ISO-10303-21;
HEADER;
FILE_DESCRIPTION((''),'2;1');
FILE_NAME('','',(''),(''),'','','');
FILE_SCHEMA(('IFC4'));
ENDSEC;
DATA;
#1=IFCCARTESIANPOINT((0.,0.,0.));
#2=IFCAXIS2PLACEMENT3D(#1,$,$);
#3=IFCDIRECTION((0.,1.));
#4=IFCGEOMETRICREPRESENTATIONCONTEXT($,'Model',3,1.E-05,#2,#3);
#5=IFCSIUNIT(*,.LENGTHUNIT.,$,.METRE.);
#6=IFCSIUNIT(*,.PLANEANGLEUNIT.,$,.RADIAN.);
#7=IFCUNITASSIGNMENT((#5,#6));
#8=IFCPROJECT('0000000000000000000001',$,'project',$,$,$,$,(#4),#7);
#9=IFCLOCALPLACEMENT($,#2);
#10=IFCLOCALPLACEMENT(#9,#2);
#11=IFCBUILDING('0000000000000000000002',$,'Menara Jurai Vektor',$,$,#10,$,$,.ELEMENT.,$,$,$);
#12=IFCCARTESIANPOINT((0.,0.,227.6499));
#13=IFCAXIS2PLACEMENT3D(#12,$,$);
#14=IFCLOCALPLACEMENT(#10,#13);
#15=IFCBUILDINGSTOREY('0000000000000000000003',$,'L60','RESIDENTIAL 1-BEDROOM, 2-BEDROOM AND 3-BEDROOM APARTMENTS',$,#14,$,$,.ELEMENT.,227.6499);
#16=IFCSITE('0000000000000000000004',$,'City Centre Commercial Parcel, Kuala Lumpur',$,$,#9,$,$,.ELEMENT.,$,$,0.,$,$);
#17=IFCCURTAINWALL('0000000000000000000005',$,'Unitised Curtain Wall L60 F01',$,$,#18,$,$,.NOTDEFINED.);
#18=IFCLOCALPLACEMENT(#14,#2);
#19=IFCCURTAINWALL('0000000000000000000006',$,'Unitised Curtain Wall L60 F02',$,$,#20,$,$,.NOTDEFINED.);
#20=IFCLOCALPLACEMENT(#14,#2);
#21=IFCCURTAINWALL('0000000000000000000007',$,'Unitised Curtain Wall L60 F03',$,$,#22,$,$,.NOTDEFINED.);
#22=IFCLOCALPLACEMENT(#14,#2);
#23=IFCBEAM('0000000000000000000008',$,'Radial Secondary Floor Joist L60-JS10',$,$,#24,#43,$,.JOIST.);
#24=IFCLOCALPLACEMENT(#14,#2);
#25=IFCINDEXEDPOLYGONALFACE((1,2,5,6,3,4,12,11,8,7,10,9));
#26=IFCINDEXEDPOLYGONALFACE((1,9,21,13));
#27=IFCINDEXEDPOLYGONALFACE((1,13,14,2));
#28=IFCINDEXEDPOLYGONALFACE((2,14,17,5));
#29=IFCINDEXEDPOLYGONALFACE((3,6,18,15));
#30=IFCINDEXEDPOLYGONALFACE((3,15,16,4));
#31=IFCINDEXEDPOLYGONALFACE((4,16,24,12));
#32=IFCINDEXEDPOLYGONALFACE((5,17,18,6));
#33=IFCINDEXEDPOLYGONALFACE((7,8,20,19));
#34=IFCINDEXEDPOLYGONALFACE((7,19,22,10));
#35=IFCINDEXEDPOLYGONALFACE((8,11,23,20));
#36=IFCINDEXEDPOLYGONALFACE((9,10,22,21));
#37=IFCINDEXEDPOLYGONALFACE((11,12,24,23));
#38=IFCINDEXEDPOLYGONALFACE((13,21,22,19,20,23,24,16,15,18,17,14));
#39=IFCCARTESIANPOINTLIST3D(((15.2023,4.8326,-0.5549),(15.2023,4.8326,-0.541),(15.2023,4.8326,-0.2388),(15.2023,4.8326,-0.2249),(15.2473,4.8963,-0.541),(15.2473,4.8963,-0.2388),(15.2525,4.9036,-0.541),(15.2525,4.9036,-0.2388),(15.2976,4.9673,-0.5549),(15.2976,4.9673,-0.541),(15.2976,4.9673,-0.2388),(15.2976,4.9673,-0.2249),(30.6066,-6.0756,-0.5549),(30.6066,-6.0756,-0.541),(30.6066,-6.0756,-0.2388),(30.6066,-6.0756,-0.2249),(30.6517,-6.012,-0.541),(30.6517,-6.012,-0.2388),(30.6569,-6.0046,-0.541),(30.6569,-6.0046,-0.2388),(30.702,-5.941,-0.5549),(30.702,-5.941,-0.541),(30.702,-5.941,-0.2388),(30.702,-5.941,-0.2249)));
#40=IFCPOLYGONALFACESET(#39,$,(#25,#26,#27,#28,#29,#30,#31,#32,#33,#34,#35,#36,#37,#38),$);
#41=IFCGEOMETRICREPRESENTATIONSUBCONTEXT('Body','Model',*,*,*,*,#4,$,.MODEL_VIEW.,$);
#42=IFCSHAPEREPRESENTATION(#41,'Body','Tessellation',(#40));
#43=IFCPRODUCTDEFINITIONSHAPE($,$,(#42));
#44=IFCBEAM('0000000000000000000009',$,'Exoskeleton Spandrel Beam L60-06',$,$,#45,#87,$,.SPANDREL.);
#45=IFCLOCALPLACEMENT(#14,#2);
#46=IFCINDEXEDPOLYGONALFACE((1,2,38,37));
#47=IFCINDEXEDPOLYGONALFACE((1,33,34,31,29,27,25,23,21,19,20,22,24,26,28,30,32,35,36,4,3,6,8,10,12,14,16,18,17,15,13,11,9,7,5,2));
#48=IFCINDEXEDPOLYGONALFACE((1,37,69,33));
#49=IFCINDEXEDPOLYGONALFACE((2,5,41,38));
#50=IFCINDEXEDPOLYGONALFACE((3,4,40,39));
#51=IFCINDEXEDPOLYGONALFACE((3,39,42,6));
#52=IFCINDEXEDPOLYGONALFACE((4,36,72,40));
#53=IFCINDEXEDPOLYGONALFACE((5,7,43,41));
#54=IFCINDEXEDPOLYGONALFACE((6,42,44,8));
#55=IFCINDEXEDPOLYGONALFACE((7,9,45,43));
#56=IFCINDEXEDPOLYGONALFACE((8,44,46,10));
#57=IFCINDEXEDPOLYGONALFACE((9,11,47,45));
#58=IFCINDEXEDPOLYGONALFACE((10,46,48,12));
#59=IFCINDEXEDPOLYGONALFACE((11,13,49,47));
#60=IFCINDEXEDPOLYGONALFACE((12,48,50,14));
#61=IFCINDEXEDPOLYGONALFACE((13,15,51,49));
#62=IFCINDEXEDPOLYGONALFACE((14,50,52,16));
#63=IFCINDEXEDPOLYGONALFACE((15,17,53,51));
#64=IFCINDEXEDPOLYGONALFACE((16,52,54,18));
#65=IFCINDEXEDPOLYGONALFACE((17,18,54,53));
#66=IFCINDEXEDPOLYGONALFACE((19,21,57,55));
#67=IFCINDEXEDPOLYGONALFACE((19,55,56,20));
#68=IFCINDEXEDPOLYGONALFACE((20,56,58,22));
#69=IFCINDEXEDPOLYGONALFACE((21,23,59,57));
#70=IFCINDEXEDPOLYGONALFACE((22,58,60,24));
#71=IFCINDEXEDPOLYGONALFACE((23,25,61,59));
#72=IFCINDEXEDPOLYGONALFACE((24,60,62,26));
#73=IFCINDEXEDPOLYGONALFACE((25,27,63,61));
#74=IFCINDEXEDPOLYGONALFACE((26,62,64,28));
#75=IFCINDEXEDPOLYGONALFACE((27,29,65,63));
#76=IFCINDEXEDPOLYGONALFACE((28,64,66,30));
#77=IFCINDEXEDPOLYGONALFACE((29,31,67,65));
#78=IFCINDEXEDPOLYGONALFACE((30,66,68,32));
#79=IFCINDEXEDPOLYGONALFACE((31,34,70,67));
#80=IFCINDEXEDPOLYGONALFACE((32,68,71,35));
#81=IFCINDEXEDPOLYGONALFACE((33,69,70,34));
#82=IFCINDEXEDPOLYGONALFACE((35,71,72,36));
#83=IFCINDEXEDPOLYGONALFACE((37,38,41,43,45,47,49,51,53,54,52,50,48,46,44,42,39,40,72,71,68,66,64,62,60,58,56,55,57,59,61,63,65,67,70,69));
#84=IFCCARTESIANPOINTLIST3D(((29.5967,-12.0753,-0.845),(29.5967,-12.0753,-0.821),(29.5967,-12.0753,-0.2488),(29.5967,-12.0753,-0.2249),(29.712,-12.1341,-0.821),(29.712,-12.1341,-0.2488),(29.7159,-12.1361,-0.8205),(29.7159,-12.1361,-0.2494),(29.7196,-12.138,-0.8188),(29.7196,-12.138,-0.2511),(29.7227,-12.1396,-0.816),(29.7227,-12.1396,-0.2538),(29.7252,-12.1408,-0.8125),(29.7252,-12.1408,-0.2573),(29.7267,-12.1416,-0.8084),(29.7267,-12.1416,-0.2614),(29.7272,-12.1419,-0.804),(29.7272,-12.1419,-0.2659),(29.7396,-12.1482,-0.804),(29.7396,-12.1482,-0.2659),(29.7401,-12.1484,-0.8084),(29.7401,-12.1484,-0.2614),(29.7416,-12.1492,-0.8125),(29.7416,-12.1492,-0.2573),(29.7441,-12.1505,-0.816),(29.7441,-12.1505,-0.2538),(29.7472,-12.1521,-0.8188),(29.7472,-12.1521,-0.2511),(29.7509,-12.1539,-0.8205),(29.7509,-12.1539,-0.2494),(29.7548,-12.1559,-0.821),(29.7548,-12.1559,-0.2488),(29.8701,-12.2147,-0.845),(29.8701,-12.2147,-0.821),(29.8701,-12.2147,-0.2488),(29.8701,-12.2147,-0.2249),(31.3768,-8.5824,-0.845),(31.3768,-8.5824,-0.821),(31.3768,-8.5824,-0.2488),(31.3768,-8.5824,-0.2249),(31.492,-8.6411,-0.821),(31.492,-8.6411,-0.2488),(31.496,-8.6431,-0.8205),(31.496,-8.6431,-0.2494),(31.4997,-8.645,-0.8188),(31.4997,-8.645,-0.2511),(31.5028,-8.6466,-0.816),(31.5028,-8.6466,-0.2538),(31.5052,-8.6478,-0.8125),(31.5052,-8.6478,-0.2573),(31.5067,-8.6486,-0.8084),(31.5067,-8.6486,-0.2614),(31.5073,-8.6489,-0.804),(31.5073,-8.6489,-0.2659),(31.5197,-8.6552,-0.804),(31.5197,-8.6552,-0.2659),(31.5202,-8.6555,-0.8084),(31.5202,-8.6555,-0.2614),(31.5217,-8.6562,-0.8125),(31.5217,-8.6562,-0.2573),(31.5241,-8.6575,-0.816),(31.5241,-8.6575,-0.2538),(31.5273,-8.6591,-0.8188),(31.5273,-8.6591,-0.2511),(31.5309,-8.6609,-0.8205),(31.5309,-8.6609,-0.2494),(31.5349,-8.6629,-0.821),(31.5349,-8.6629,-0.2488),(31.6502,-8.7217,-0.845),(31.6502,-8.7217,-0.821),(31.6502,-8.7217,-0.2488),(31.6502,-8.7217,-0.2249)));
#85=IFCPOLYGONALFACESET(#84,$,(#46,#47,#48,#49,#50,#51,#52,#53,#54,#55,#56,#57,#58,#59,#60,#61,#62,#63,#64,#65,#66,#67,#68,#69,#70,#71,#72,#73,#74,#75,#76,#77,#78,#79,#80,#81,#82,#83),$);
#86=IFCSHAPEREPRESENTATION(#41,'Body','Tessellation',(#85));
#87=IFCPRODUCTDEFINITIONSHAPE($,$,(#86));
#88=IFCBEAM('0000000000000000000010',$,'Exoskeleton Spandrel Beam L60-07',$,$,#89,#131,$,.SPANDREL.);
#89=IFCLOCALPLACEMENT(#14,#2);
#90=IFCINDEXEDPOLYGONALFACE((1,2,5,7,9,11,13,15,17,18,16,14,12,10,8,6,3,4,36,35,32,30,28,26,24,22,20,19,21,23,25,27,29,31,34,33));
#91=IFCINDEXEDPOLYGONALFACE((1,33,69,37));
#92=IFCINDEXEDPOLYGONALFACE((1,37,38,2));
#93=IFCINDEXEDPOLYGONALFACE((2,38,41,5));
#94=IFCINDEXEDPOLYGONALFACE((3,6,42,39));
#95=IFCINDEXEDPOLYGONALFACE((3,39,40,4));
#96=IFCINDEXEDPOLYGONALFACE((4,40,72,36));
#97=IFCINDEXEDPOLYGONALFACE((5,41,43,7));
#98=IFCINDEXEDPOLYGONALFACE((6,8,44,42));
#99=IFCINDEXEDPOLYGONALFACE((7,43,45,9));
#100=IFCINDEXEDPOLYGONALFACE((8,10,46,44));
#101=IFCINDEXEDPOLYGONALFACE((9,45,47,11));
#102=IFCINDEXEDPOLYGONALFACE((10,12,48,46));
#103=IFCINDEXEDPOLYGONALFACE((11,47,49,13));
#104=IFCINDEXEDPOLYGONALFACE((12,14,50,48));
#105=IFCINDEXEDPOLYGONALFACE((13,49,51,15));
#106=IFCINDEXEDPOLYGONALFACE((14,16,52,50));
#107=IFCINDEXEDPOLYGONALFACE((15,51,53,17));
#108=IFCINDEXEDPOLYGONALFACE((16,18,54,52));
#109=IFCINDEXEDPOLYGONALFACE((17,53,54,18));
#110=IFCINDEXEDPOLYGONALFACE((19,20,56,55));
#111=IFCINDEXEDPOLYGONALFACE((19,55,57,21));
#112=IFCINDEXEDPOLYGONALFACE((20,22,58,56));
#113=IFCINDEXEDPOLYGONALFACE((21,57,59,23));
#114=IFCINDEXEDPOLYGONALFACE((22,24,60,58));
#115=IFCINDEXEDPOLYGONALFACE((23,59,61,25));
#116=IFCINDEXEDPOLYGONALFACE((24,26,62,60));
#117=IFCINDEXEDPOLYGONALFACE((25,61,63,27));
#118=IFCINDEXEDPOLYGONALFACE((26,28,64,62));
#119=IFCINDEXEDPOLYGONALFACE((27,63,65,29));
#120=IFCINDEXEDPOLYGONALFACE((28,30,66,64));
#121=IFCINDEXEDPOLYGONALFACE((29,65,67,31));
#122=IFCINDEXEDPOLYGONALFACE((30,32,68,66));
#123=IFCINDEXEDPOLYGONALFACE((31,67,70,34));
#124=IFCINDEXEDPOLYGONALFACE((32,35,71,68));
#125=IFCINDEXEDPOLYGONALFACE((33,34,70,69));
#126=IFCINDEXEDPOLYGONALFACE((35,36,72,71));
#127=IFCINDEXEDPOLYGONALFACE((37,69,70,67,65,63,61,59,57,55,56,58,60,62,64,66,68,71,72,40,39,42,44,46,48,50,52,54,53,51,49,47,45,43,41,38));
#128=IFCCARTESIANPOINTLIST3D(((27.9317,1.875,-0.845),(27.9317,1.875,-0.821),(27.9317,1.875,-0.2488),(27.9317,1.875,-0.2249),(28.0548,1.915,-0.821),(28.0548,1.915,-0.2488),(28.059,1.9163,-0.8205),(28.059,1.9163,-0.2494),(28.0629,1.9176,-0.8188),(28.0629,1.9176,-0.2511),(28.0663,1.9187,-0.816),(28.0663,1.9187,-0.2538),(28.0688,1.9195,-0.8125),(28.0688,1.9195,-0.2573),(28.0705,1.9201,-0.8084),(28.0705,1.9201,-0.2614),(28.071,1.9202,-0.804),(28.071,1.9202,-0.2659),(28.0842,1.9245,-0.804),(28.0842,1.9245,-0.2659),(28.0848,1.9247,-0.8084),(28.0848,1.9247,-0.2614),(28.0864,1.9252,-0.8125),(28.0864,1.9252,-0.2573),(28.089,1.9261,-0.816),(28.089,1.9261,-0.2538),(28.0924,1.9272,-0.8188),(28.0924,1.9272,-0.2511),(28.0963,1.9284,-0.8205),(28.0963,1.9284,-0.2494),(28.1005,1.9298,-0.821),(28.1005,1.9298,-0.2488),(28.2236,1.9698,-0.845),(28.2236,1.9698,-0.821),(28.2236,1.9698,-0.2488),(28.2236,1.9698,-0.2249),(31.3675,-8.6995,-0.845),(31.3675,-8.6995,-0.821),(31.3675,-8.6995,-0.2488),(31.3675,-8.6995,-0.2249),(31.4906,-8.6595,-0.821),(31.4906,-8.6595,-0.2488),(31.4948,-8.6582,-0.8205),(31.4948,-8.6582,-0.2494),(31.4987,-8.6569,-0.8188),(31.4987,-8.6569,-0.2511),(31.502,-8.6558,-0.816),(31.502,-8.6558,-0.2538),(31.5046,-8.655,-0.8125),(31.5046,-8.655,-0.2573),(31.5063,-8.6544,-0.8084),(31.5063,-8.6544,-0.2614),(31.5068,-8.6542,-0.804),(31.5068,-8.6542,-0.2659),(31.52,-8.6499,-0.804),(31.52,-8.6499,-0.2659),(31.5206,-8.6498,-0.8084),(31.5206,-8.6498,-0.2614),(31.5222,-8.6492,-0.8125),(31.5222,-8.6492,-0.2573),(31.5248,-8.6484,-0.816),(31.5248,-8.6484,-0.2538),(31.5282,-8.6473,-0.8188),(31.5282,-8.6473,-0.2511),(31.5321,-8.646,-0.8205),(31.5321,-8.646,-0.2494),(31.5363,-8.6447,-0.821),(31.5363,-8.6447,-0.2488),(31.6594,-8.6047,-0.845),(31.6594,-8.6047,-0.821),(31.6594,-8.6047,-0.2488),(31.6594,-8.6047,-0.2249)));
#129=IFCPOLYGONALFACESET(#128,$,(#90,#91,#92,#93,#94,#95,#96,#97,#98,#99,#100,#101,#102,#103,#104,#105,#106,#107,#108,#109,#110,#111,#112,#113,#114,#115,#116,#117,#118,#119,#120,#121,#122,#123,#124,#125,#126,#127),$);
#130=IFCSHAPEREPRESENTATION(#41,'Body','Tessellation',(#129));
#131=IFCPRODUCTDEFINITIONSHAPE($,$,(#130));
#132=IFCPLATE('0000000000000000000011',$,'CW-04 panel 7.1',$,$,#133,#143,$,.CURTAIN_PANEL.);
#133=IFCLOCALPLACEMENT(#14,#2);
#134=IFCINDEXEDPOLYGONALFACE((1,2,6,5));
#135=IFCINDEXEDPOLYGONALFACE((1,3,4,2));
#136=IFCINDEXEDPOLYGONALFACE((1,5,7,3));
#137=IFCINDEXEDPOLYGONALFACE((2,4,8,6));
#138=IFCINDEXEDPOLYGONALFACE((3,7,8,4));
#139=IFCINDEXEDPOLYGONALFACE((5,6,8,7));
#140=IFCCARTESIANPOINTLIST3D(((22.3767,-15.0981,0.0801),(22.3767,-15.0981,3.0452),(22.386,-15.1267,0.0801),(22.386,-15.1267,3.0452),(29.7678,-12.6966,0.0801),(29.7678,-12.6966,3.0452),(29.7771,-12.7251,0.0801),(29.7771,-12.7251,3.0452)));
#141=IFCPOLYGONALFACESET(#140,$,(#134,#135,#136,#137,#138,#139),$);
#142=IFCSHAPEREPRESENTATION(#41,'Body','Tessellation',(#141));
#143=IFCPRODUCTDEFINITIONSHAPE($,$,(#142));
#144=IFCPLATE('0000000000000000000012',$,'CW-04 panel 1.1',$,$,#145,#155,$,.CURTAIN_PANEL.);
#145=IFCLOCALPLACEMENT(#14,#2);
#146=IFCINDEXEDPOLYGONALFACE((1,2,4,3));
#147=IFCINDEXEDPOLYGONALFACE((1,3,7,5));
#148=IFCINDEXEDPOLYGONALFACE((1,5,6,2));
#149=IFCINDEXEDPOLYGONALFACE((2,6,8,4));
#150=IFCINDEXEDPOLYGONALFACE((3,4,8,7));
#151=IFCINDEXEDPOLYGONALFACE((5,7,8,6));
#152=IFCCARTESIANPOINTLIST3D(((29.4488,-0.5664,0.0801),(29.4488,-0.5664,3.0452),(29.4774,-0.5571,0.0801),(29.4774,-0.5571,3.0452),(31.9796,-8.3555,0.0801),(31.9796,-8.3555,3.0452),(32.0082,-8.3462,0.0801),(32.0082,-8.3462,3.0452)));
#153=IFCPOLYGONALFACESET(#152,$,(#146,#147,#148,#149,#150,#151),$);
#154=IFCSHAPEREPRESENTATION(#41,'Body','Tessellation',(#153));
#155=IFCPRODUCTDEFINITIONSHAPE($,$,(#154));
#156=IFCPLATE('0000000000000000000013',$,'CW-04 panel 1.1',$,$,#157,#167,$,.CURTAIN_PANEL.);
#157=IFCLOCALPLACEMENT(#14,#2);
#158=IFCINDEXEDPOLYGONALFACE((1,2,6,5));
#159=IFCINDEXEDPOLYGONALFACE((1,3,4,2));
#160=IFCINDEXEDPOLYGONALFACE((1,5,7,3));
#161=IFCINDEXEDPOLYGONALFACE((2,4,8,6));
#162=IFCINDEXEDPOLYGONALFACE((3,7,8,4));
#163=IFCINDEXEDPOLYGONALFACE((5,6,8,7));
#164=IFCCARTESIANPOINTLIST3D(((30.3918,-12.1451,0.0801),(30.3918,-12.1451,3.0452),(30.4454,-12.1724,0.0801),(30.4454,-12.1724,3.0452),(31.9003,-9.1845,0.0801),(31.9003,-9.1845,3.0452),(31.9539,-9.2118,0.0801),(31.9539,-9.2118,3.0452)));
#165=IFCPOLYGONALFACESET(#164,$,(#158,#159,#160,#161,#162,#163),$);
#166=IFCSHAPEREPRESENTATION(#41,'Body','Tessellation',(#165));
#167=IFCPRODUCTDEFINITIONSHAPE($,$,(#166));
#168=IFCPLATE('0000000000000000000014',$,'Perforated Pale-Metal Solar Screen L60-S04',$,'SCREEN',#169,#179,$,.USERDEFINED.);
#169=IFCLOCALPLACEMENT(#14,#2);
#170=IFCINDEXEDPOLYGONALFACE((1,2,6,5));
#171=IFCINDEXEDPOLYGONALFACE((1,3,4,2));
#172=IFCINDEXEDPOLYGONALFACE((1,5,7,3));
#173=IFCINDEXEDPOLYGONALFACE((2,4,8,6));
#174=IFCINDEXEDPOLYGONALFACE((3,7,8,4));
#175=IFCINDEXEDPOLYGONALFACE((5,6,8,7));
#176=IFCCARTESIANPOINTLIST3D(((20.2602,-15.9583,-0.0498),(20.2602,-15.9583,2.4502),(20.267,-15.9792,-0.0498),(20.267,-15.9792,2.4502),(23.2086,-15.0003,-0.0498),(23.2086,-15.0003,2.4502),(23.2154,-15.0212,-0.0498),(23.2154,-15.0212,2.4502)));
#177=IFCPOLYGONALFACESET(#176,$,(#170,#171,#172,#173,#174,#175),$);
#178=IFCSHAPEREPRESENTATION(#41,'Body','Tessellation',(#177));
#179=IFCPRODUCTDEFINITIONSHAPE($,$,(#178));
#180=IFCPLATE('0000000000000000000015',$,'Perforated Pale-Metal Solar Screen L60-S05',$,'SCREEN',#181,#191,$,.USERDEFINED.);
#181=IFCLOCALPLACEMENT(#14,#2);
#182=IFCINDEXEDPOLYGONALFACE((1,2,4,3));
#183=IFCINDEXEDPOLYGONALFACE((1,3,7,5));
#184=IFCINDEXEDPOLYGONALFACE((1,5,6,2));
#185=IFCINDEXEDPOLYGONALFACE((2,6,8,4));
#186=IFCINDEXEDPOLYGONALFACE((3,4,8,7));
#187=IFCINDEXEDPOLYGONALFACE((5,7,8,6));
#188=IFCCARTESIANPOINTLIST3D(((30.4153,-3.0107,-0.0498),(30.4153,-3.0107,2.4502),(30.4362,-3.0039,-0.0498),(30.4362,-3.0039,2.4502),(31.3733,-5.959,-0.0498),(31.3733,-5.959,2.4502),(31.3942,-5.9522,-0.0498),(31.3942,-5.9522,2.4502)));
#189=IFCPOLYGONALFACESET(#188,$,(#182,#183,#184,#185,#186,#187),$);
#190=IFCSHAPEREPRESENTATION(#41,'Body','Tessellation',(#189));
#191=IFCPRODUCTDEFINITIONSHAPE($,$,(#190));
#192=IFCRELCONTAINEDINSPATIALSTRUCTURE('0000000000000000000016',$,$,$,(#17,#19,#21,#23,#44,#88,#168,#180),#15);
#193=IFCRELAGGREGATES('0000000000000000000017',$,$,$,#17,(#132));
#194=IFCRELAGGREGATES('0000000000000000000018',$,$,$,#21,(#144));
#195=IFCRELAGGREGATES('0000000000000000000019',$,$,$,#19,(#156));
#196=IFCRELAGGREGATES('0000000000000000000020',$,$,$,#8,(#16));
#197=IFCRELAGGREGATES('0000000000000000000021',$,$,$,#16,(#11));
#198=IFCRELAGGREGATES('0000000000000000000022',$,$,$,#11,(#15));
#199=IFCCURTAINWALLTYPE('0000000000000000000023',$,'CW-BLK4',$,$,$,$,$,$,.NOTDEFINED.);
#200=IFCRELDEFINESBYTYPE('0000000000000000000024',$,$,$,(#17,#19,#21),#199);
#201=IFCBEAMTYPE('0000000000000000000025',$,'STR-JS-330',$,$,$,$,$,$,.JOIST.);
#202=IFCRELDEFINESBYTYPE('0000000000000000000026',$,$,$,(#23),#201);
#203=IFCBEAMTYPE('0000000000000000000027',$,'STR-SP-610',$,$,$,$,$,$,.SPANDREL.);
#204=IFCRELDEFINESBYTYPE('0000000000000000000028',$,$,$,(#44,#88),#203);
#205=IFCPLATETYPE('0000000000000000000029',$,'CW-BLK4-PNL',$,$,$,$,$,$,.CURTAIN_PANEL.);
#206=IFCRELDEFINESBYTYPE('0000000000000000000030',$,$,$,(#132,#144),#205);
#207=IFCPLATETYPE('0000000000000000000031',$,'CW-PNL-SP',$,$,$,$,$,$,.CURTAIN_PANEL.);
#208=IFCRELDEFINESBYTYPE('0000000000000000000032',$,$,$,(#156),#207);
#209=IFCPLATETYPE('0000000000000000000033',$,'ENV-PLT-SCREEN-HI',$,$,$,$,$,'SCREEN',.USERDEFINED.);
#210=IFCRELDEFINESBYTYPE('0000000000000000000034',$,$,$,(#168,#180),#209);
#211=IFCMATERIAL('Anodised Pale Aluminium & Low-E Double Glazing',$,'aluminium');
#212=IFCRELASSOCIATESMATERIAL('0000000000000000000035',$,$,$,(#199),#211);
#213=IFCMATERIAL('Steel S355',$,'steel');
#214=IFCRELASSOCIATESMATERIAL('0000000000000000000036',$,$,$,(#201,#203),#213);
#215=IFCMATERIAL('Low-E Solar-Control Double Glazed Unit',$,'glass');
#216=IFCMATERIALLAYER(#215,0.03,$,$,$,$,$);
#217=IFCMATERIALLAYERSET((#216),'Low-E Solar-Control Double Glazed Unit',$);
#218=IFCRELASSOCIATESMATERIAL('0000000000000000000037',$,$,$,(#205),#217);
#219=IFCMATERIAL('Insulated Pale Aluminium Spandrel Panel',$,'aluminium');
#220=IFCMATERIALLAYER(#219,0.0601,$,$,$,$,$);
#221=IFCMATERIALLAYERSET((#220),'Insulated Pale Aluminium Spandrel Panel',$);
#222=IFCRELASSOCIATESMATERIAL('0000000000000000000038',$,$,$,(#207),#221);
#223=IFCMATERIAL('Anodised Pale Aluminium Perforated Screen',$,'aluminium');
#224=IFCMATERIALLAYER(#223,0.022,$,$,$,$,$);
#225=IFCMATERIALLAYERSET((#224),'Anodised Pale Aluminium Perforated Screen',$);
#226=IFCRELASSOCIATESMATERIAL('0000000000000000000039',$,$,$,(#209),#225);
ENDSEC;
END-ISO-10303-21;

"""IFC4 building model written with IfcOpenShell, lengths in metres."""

from ifc_helpers import new_model, si_unit, direction, frame, origin, origin_2d, place, context, subcontext, project, spatial, rectangle, i_section, extrude, material, layer, layer_set, material_profile, profile_set, type_object, element, aggregate, save


model = new_model("IFC4")

# Units and contexts
model_context = context("Model", 3, precision=1e-05, world=origin(), true_north=direction((0.0, 1.0)))
body_context = subcontext(model_context, "Body", "Model", "MODEL_VIEW")
ifc_project = project(units=[si_unit("LENGTHUNIT", "METRE"), si_unit("PLANEANGLEUNIT", "RADIAN")], contexts=[model_context])

# Site, building, storey
site_placement = place(None, origin())
site = spatial("IfcSite", under=ifc_project, at=site_placement, Name="City Centre Commercial Parcel, Kuala Lumpur", CompositionType="ELEMENT", RefElevation=0.0)
building_placement = place(site_placement, origin())
building = spatial("IfcBuilding", under=site, at=building_placement, Name="Menara Jurai Vektor", CompositionType="ELEMENT")
storey_placement = place(building_placement, frame((0.0, 0.0, 227.6499)))
storey = spatial("IfcBuildingStorey", under=building, at=storey_placement, Name="L60", Description="RESIDENTIAL 1-BEDROOM, 2-BEDROOM AND 3-BEDROOM APARTMENTS", CompositionType="ELEMENT", Elevation=227.6499)

# Curtain walls
ifc_material_1 = material(Name="Anodised Pale Aluminium & Low-E Double Glazing", Category="aluminium")
curtain_wall_type = type_object("IfcCurtainWallType", Name="CW-BLK4", PredefinedType="NOTDEFINED", material=ifc_material_1)
curtain_wall_1_placement = place(storey_placement, origin())
curtain_wall_1 = element("IfcCurtainWall", 1, at=curtain_wall_1_placement, inside=storey, type_object=curtain_wall_type, Name="Unitised Curtain Wall L60 F01", PredefinedType="NOTDEFINED")
curtain_wall_2_placement = place(storey_placement, origin())
curtain_wall_2 = element("IfcCurtainWall", 2, at=curtain_wall_2_placement, inside=storey, type_object=curtain_wall_type, Name="Unitised Curtain Wall L60 F02", PredefinedType="NOTDEFINED")

# Curtain wall
curtain_wall_3_placement = place(storey_placement, origin())
curtain_wall_3 = element("IfcCurtainWall", 3, at=curtain_wall_3_placement, inside=storey, type_object=curtain_wall_type, Name="Unitised Curtain Wall L60 F03", PredefinedType="NOTDEFINED")

# Shared definitions
ifc_material_2 = material(Name="Steel S355", Category="steel")

# Beams
ifc_material_profile_1 = material_profile(ifc_material_2, i_section(OverallWidth=0.165, OverallDepth=0.3301, WebThickness=0.009, FlangeThickness=0.0139, at=origin_2d()), Name="PG 330x165x46")
ifc_profile_set_1 = profile_set([ifc_material_profile_1], Name="Steel S355")
beam_type_1 = type_object("IfcBeamType", Name="STR-JS-330", PredefinedType="JOIST", material=ifc_profile_set_1)
beam_1_placement = place(storey_placement, frame((30.6543, -6.0083, -0.3899), z_axis=(-0.816104, 0.577905, 0.0), x_axis=(-0.577905, -0.816104, 0.0)))
element("IfcBeam", 4, at=beam_1_placement, inside=storey, type_object=beam_type_1, Name="Radial Secondary Floor Joist L60-JS10", PredefinedType="JOIST", context=body_context, shape_type="SweptSolid", body=[
    extrude(i_section(OverallWidth=0.165, OverallDepth=0.3301, WebThickness=0.009, FlangeThickness=0.0139, at=origin_2d()), origin(), (0.0, 0.0, 1.0), 18.8755),
])
ifc_material_profile_2 = material_profile(ifc_material_2, i_section(OverallWidth=0.3069, OverallDepth=0.6201, WebThickness=0.0139, FlangeThickness=0.0239, FilletRadius=0.0171, at=origin_2d()), Name="UKB 610x305x179")
ifc_profile_set_2 = profile_set([ifc_material_profile_2], Name="Steel S355")
beam_type_2 = type_object("IfcBeamType", Name="STR-SP-610", PredefinedType="SPANDREL", material=ifc_profile_set_2)
beam_2_placement = place(storey_placement, frame((29.7334, -12.145, -0.5349), z_axis=(0.454051, 0.890976, 0.0), x_axis=(-0.890976, 0.454051, 0.0)))
element("IfcBeam", 5, at=beam_2_placement, inside=storey, type_object=beam_type_2, Name="Exoskeleton Spandrel Beam L60-06", PredefinedType="SPANDREL", context=body_context, shape_type="SweptSolid", body=[
    extrude(i_section(OverallWidth=0.3069, OverallDepth=0.6201, WebThickness=0.0139, FlangeThickness=0.0239, FilletRadius=0.0171, at=origin_2d()), origin(), (0.0, 0.0, 1.0), 3.9204),
])
beam_3_placement = place(storey_placement, frame((31.5134, -8.6521, -0.5349), z_axis=(-0.309012, 0.951058, 0.0), x_axis=(-0.951058, -0.309012, 0.0)))
element("IfcBeam", 6, at=beam_3_placement, inside=storey, type_object=beam_type_2, Name="Exoskeleton Spandrel Beam L60-07", PredefinedType="SPANDREL", context=body_context, shape_type="SweptSolid", body=[
    extrude(i_section(OverallWidth=0.3069, OverallDepth=0.6201, WebThickness=0.0139, FlangeThickness=0.0239, FilletRadius=0.0171, at=origin_2d()), origin(), (0.0, 0.0, 1.0), 11.1187),
])

# Plates
ifc_material_3 = material(Name="Low-E Solar-Control Double Glazed Unit", Category="glass")
ifc_layer_1 = layer(ifc_material_3, 0.03)
ifc_layer_set_1 = layer_set([ifc_layer_1], Name="Low-E Solar-Control Double Glazed Unit")
plate_type_1 = type_object("IfcPlateType", Name="CW-BLK4-PNL", PredefinedType="CURTAIN_PANEL", material=ifc_layer_set_1)
plate_1_placement = place(storey_placement, frame((26.0769, -13.9116, 0.0801), z_axis=(0.0, 0.0, 1.0), x_axis=(0.951056, 0.309017, 0.0)))
plate_1 = element("IfcPlate", 7, at=plate_1_placement, type_object=plate_type_1, Name="CW-04 panel 7.1", PredefinedType="CURTAIN_PANEL", context=body_context, shape_type="SweptSolid", body=[
    extrude(rectangle(XDim=7.7715, YDim=0.03, at=origin_2d()), origin(), (0.0, 0.0, 1.0), 2.9651),
])
aggregate(curtain_wall_1, [plate_1])
plate_2_placement = place(storey_placement, frame((30.7285, -4.4563, 0.0801), z_axis=(0.0, 0.0, 1.0), x_axis=(-0.309016, 0.951057, 0.0)))
plate_2 = element("IfcPlate", 8, at=plate_2_placement, type_object=plate_type_1, Name="CW-04 panel 1.1", PredefinedType="CURTAIN_PANEL", context=body_context, shape_type="SweptSolid", body=[
    extrude(rectangle(XDim=8.1899, YDim=0.03, at=origin_2d()), origin(), (0.0, 0.0, 1.0), 2.9651),
])
aggregate(curtain_wall_3, [plate_2])
ifc_material_4 = material(Name="Insulated Pale Aluminium Spandrel Panel", Category="aluminium")
ifc_layer_2 = layer(ifc_material_4, 0.0601)
ifc_layer_set_2 = layer_set([ifc_layer_2], Name="Insulated Pale Aluminium Spandrel Panel")
plate_type_2 = type_object("IfcPlateType", Name="CW-PNL-SP", PredefinedType="CURTAIN_PANEL", material=ifc_layer_set_2)
plate_3_placement = place(storey_placement, frame((31.1729, -10.6785, 0.0801), z_axis=(0.0, 0.0, 1.0), x_axis=(0.453989, 0.891008, 0.0)))
plate_3 = element("IfcPlate", 9, at=plate_3_placement, type_object=plate_type_2, Name="CW-04 panel 1.1", PredefinedType="CURTAIN_PANEL", context=body_context, shape_type="SweptSolid", body=[
    extrude(rectangle(XDim=3.3228, YDim=0.0601, at=origin_2d()), origin(), (0.0, 0.0, 1.0), 2.9651),
])
aggregate(curtain_wall_2, [plate_3])

# Plates
ifc_material_5 = material(Name="Anodised Pale Aluminium Perforated Screen", Category="aluminium")
ifc_layer_3 = layer(ifc_material_5, 0.022)
ifc_layer_set_3 = layer_set([ifc_layer_3], Name="Anodised Pale Aluminium Perforated Screen")
plate_type_3 = type_object("IfcPlateType", Name="ENV-PLT-SCREEN-HI", ElementType="SCREEN", PredefinedType="USERDEFINED", material=ifc_layer_set_3)
for number, where, z_axis, x_axis, name in (
    (10, (21.7378, -15.4897, -0.0498), (0.0, 0.0, 1.0), (0.951057, 0.309017, 0.0), "Perforated Pale-Metal Solar Screen L60-S04"),
    (11, (30.9048, -4.4814, -0.0498), (0.0, 0.0, 1.0), (-0.309017, 0.951057, 0.0), "Perforated Pale-Metal Solar Screen L60-S05"),
):
    element("IfcPlate", number, at=place(storey_placement, frame(where, z_axis=z_axis, x_axis=x_axis)), inside=storey, type_object=plate_type_3, Name=name, ObjectType="SCREEN", PredefinedType="USERDEFINED", context=body_context, shape_type="SweptSolid", body=[
        extrude(rectangle(XDim=3.1001, YDim=0.022, at=origin_2d()), origin(), (0.0, 0.0, 1.0), 2.5),
    ])

save(model, "model.ifc")
